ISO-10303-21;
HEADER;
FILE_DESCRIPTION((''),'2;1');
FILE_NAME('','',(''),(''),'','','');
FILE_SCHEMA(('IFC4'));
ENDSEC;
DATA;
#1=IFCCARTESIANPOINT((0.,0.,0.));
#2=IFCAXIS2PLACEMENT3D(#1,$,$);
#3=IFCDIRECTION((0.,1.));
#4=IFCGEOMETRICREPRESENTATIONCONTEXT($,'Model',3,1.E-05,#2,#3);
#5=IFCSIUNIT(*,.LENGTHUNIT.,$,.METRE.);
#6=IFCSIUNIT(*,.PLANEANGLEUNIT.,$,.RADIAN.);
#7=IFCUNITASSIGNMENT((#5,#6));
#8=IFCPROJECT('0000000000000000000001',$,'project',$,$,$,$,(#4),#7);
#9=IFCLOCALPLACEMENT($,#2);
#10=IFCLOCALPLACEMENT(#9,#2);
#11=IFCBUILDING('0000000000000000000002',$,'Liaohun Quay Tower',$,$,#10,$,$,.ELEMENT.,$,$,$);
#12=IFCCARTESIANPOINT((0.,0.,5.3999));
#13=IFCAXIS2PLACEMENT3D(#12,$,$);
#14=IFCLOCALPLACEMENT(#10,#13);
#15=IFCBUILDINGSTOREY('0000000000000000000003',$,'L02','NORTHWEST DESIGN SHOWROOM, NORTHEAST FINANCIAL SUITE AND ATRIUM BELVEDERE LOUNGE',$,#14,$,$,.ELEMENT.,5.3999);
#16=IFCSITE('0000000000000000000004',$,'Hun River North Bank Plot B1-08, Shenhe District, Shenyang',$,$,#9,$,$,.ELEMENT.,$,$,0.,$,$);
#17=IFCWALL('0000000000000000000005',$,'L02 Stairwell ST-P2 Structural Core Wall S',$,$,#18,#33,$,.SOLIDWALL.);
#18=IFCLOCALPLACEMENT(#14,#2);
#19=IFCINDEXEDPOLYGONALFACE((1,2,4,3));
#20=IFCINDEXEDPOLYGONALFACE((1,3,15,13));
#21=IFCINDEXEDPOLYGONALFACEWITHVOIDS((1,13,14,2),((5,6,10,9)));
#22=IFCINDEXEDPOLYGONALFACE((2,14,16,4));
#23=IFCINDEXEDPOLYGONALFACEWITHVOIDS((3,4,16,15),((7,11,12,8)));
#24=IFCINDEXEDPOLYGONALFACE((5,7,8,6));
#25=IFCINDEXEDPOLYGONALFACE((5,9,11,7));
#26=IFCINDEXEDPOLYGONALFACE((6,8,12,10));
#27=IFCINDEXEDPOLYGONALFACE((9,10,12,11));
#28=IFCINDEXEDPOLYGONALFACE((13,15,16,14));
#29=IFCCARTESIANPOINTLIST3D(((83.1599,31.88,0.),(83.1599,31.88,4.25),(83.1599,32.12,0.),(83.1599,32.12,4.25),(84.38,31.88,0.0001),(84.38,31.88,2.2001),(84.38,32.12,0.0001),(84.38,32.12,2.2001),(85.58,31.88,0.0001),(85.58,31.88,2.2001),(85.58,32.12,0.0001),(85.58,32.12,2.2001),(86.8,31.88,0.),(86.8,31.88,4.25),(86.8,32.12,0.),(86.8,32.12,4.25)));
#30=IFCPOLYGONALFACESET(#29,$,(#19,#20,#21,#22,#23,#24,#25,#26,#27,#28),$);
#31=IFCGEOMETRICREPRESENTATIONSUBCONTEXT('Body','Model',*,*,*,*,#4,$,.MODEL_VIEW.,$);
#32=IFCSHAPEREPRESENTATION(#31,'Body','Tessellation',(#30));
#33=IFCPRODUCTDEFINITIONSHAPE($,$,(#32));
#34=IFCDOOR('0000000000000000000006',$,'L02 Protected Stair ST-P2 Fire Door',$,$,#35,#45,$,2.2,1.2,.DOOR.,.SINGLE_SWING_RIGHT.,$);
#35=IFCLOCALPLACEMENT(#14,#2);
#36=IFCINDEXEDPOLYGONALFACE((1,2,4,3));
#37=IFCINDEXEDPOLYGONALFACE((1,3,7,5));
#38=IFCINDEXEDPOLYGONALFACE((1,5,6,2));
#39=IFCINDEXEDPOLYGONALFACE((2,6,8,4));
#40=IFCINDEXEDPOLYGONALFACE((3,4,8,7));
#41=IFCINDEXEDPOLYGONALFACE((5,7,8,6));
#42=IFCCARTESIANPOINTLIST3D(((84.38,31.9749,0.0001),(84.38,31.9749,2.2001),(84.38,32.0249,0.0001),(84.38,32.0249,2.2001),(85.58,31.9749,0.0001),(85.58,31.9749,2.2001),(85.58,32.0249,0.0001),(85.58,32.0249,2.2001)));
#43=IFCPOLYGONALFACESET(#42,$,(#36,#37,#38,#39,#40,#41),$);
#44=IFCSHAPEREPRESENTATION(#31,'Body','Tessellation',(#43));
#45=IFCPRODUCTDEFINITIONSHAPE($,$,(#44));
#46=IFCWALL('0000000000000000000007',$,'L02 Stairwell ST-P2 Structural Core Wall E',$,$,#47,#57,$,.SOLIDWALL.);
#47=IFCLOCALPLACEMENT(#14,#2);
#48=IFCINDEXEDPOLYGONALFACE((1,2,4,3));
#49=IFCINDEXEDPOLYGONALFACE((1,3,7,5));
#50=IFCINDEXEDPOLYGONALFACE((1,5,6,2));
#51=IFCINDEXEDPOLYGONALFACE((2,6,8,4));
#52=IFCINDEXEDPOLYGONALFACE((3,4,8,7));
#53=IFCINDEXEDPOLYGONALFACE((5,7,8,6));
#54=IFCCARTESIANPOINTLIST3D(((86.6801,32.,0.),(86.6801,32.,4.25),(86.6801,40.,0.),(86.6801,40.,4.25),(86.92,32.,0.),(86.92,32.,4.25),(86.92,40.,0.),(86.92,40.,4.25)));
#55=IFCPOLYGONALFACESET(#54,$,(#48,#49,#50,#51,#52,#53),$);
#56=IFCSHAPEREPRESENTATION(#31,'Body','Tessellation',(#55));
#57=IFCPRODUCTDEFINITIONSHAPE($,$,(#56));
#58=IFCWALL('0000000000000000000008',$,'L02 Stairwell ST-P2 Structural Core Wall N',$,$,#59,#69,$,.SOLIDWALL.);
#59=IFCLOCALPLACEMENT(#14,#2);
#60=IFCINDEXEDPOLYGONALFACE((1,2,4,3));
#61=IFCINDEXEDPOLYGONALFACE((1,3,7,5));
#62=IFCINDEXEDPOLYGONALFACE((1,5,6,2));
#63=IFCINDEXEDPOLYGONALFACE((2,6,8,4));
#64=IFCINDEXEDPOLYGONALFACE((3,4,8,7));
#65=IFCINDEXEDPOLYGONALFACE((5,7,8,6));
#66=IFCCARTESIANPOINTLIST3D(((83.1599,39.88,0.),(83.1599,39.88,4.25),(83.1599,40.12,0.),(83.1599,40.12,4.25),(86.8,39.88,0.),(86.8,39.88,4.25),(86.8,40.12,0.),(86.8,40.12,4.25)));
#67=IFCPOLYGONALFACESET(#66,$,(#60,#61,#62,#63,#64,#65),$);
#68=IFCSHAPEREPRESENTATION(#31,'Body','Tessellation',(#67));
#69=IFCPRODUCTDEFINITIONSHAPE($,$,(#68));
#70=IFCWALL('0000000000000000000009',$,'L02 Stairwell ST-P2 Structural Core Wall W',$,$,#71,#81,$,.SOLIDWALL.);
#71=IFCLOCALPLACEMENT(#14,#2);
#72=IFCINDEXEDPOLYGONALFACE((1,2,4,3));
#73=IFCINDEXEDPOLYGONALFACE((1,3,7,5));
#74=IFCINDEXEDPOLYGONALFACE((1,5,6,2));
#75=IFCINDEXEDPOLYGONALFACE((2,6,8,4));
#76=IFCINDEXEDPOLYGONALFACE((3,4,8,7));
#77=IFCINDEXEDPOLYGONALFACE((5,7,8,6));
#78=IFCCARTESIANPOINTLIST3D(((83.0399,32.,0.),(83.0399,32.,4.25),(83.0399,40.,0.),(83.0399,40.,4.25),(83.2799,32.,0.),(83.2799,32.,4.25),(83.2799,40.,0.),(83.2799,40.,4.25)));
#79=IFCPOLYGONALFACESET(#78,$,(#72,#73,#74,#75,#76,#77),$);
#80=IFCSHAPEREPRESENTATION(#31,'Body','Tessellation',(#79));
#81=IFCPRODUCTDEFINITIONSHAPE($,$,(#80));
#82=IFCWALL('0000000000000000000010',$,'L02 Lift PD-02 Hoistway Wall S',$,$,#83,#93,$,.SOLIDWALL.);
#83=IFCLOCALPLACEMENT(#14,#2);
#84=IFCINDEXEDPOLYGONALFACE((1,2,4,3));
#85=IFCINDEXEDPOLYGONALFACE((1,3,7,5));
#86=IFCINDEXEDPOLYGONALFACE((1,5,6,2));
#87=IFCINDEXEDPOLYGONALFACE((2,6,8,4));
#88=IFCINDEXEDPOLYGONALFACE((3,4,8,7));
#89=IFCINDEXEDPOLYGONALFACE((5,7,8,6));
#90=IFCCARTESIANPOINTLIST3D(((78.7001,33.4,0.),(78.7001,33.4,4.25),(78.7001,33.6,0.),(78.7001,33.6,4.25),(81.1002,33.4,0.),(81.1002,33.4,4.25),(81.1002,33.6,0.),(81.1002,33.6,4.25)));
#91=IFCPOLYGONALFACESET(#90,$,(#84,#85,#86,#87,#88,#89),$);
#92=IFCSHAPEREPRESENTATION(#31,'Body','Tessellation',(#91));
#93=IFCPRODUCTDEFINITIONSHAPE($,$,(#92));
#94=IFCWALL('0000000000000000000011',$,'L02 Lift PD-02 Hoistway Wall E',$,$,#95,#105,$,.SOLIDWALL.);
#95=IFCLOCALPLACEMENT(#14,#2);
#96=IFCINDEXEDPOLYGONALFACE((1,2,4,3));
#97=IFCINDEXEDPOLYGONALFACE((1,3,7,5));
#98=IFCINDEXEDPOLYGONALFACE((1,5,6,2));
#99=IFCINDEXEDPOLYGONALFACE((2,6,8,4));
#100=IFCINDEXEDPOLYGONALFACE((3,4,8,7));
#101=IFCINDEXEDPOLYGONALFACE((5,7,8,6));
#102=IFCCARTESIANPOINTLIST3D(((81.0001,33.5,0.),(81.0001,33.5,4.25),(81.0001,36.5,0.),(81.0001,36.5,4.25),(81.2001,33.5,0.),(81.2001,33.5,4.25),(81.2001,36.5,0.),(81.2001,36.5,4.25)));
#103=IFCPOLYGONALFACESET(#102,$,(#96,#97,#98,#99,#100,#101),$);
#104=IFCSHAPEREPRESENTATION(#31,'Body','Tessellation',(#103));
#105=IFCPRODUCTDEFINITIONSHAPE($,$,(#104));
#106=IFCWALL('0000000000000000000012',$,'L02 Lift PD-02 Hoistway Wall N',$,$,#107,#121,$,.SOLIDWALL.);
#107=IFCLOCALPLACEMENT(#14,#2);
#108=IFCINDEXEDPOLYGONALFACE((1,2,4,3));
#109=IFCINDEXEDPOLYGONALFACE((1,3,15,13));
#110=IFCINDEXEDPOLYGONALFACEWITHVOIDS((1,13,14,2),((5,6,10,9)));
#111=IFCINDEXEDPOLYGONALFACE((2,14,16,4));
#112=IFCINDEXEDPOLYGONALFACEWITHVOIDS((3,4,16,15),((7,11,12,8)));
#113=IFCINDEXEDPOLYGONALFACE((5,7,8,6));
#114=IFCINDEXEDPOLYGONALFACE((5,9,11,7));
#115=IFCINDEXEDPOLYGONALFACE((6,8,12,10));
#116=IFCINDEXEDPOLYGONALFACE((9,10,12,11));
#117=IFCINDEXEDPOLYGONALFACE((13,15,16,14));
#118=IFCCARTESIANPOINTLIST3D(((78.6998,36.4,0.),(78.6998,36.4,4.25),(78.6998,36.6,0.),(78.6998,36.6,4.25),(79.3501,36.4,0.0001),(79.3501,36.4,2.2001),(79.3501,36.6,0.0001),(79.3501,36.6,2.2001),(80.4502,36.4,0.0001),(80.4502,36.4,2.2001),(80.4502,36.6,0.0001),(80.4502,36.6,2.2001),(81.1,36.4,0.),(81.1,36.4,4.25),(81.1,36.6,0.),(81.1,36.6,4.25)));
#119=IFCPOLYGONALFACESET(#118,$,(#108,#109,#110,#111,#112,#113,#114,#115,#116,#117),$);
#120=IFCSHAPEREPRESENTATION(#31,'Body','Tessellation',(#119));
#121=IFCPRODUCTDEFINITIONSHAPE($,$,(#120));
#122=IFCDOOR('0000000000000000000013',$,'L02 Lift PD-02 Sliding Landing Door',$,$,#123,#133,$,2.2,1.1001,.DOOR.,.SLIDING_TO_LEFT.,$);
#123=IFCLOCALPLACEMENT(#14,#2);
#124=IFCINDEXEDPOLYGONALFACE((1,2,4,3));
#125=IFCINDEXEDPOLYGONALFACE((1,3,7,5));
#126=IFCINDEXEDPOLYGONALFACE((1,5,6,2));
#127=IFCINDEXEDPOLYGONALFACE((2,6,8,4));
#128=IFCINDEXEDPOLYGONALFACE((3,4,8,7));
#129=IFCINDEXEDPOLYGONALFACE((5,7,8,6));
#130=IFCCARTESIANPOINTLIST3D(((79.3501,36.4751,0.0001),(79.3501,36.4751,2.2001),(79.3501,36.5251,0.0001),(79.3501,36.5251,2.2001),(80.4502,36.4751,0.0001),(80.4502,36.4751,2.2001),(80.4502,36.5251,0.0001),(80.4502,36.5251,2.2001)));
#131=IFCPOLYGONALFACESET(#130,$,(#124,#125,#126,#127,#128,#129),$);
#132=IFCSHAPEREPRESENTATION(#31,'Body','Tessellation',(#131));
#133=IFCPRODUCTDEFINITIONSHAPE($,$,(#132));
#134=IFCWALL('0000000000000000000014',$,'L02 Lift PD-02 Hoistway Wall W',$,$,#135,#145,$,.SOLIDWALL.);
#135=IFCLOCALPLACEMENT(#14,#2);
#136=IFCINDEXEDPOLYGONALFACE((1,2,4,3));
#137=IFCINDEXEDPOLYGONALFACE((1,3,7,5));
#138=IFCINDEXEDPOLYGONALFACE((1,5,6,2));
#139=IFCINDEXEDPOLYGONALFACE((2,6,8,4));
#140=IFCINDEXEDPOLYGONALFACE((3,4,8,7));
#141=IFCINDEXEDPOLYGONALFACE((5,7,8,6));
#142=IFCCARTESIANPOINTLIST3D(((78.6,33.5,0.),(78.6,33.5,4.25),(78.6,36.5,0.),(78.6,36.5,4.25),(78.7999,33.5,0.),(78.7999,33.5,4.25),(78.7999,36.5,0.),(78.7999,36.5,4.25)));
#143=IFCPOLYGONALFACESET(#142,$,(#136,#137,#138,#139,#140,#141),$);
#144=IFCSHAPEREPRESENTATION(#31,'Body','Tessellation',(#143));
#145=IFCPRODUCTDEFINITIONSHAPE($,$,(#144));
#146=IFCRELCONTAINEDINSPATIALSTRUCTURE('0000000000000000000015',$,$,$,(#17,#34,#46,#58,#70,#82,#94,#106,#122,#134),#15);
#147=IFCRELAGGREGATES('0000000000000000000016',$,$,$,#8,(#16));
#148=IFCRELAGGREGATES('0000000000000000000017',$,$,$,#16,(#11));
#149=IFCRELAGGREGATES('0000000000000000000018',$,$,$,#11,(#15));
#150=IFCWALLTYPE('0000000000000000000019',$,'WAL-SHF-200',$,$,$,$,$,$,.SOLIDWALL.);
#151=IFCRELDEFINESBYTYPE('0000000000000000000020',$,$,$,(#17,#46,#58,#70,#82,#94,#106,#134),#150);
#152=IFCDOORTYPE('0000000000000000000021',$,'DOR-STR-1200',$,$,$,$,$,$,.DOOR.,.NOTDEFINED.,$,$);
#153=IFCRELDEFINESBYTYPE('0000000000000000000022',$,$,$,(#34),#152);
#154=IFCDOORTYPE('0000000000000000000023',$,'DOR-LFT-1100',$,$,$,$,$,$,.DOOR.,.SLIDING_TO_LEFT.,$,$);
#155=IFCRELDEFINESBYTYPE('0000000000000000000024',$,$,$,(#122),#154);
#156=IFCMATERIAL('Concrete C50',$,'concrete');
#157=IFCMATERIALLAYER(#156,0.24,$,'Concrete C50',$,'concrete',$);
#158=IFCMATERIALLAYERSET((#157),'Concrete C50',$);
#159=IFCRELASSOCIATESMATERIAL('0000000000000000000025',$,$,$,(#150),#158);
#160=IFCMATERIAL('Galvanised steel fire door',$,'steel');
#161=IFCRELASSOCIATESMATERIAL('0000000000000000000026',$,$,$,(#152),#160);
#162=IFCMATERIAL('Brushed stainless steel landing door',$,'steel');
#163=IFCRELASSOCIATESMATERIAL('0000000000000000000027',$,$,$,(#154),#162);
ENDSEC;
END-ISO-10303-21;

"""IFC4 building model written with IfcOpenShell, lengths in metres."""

from ifc_helpers import new_model, si_unit, direction, frame, frame_2d, origin, place, context, subcontext, project, spatial, rectangle, extrude, source, transform, mapped, material, layer, layer_set, type_object, element, fill, save


model = new_model("IFC4")

# Units and contexts
model_context = context("Model", 3, precision=1e-05, world=origin(), true_north=direction((0.0, 1.0)))
body_context = subcontext(model_context, "Body", "Model", "MODEL_VIEW")
ifc_project = project(units=[si_unit("LENGTHUNIT", "METRE"), si_unit("PLANEANGLEUNIT", "RADIAN")], contexts=[model_context])

# Site, building, storey
site_placement = place(None, origin())
site = spatial("IfcSite", under=ifc_project, at=site_placement, Name="Hun River North Bank Plot B1-08, Shenhe District, Shenyang", CompositionType="ELEMENT", RefElevation=0.0)
building_placement = place(site_placement, origin())
building = spatial("IfcBuilding", under=site, at=building_placement, Name="Liaohun Quay Tower", CompositionType="ELEMENT")
storey_placement = place(building_placement, frame((0.0, 0.0, 5.3999)))
storey = spatial("IfcBuildingStorey", under=building, at=storey_placement, Name="L02", Description="NORTHWEST DESIGN SHOWROOM, NORTHEAST FINANCIAL SUITE AND ATRIUM BELVEDERE LOUNGE", CompositionType="ELEMENT", Elevation=5.3999)

# Wall, opening, door
ifc_material_1 = material(Name="Concrete C50", Category="concrete")
ifc_layer_1 = layer(ifc_material_1, 0.24, Name="Concrete C50", Category="concrete")
ifc_layer_set_1 = layer_set([ifc_layer_1], Name="Concrete C50")
wall_type_1 = type_object("IfcWallType", Name="WAL-SHF-200", PredefinedType="SOLIDWALL", material=ifc_layer_set_1)
wall_1_placement = place(storey_placement, frame((83.1599, 32.0, 0.0), z_axis=(0.0, 0.0, 1.0), x_axis=(1.0, 0.0, 0.0)))
wall_1 = element("IfcWall", 1, at=wall_1_placement, inside=storey, type_object=wall_type_1, Name="L02 Stairwell ST-P2 Structural Core Wall S", PredefinedType="SOLIDWALL", context=body_context, shape_type="SweptSolid", body=[
    extrude(rectangle(XDim=3.6401, YDim=0.24, at=frame_2d((1.8201, 0.0))), origin(), (0.0, 0.0, 1.0), 4.25),
])
shared_shape_1 = source(origin(), body_context, "Body", "SweptSolid", [
    extrude(rectangle(XDim=1.2, YDim=2.2, at=frame_2d((0.6001, 1.1001))), frame((0.0, 0.1299, 0.0), z_axis=(0.0, -1.0, 0.0), x_axis=(1.0, 0.0, 0.0)), (0.0, 0.0, 1.0), 0.26),
])
opening_1_placement = place(wall_1_placement, frame((1.22, 0.0, 0.0)))
opening_1 = element("IfcOpeningElement", 2, at=opening_1_placement, cuts=wall_1, PredefinedType="OPENING", context=body_context, shape_type="MappedRepresentation", body=[
    mapped(shared_shape_1, transform((0.0, 0.0, 0.0), x_axis=(1.0, 0.0, 0.0), y_axis=(0.0, 1.0, 0.0), z_axis=(0.0, 0.0, 1.0), scale=1.0)),
])
ifc_material_2 = material(Name="Galvanised steel fire door", Category="steel")
door_type_1 = type_object("IfcDoorType", Name="DOR-STR-1200", OperationType="NOTDEFINED", PredefinedType="DOOR", material=ifc_material_2)
shared_shape_2 = source(origin(), body_context, "Body", "SweptSolid", [
    extrude(rectangle(XDim=1.2, YDim=2.2, at=frame_2d((0.6001, 1.1001))), frame((0.0, 0.0249, 0.0), z_axis=(0.0, -1.0, 0.0), x_axis=(1.0, 0.0, 0.0)), (0.0, 0.0, 1.0), 0.05),
])
door_1_placement = place(opening_1_placement, origin())
door_1 = element("IfcDoor", 3, at=door_1_placement, inside=storey, type_object=door_type_1, Name="L02 Protected Stair ST-P2 Fire Door", OperationType="SINGLE_SWING_RIGHT", OverallHeight=2.2, OverallWidth=1.2, PredefinedType="DOOR", context=body_context, shape_type="MappedRepresentation", body=[
    mapped(shared_shape_2, transform((0.0, 0.0, 0.0), x_axis=(1.0, 0.0, 0.0), y_axis=(0.0, 1.0, 0.0), z_axis=(0.0, 0.0, 1.0), scale=1.0)),
])
fill(opening_1, door_1)

# Walls
wall_2_placement = place(storey_placement, frame((86.8, 32.0, 0.0), z_axis=(0.0, 0.0, 1.0), x_axis=(0.0, 1.0, 0.0)))
element("IfcWall", 4, at=wall_2_placement, inside=storey, type_object=wall_type_1, Name="L02 Stairwell ST-P2 Structural Core Wall E", PredefinedType="SOLIDWALL", context=body_context, shape_type="SweptSolid", body=[
    extrude(rectangle(XDim=8.0, YDim=0.24, at=frame_2d((4.0, 0.0))), origin(), (0.0, 0.0, 1.0), 4.25),
])
wall_3_placement = place(storey_placement, frame((86.8, 40.0, 0.0), z_axis=(0.0, 0.0, 1.0), x_axis=(-1.0, 0.0, 0.0)))
element("IfcWall", 5, at=wall_3_placement, inside=storey, type_object=wall_type_1, Name="L02 Stairwell ST-P2 Structural Core Wall N", PredefinedType="SOLIDWALL", context=body_context, shape_type="SweptSolid", body=[
    extrude(rectangle(XDim=3.6401, YDim=0.24, at=frame_2d((1.8201, 0.0))), origin(), (0.0, 0.0, 1.0), 4.25),
])
wall_4_placement = place(storey_placement, frame((83.1599, 40.0, 0.0), z_axis=(0.0, 0.0, 1.0), x_axis=(0.0, -1.0, 0.0)))
element("IfcWall", 6, at=wall_4_placement, inside=storey, type_object=wall_type_1, Name="L02 Stairwell ST-P2 Structural Core Wall W", PredefinedType="SOLIDWALL", context=body_context, shape_type="SweptSolid", body=[
    extrude(rectangle(XDim=8.0, YDim=0.24, at=frame_2d((4.0, 0.0))), origin(), (0.0, 0.0, 1.0), 4.25),
])
wall_5_placement = place(storey_placement, frame((78.7, 33.5, 0.0), z_axis=(0.0, 0.0, 1.0), x_axis=(1.0, 0.0, 0.0)))
element("IfcWall", 7, at=wall_5_placement, inside=storey, type_object=wall_type_1, Name="L02 Lift PD-02 Hoistway Wall S", PredefinedType="SOLIDWALL", context=body_context, shape_type="SweptSolid", body=[
    extrude(rectangle(XDim=2.4001, YDim=0.2, at=frame_2d((1.2002, 0.0))), origin(), (0.0, 0.0, 1.0), 4.25),
])
wall_6_placement = place(storey_placement, frame((81.1001, 33.5, 0.0), z_axis=(0.0, 0.0, 1.0), x_axis=(0.0, 1.0, 0.0)))
element("IfcWall", 8, at=wall_6_placement, inside=storey, type_object=wall_type_1, Name="L02 Lift PD-02 Hoistway Wall E", PredefinedType="SOLIDWALL", context=body_context, shape_type="SweptSolid", body=[
    extrude(rectangle(XDim=3.0, YDim=0.2, at=frame_2d((1.5, 0.0))), origin(), (0.0, 0.0, 1.0), 4.25),
])

# Wall, opening, door
wall_7_placement = place(storey_placement, frame((81.1001, 36.5, 0.0), z_axis=(0.0, 0.0, 1.0), x_axis=(-1.0, 0.0, 0.0)))
wall_7 = element("IfcWall", 9, at=wall_7_placement, inside=storey, type_object=wall_type_1, Name="L02 Lift PD-02 Hoistway Wall N", PredefinedType="SOLIDWALL", context=body_context, shape_type="SweptSolid", body=[
    extrude(rectangle(XDim=2.4001, YDim=0.2, at=frame_2d((1.2002, 0.0))), origin(), (0.0, 0.0, 1.0), 4.25),
])
shared_shape_3 = source(origin(), body_context, "Body", "SweptSolid", [
    extrude(rectangle(XDim=1.1001, YDim=2.2, at=frame_2d((0.55, 1.1001))), frame((0.0, 0.1099, 0.0), z_axis=(0.0, -1.0, 0.0), x_axis=(1.0, 0.0, 0.0)), (0.0, 0.0, 1.0), 0.22),
])
opening_2_placement = place(wall_7_placement, frame((0.6499, 0.0, 0.0)))
opening_2 = element("IfcOpeningElement", 10, at=opening_2_placement, cuts=wall_7, PredefinedType="OPENING", context=body_context, shape_type="MappedRepresentation", body=[
    mapped(shared_shape_3, transform((0.0, 0.0, 0.0), x_axis=(1.0, 0.0, 0.0), y_axis=(0.0, 1.0, 0.0), z_axis=(0.0, 0.0, 1.0), scale=1.0)),
])
ifc_material_3 = material(Name="Brushed stainless steel landing door", Category="steel")
door_type_2 = type_object("IfcDoorType", Name="DOR-LFT-1100", OperationType="SLIDING_TO_LEFT", PredefinedType="DOOR", material=ifc_material_3)
shared_shape_4 = source(origin(), body_context, "Body", "SweptSolid", [
    extrude(rectangle(XDim=1.1001, YDim=2.2, at=frame_2d((0.55, 1.1001))), frame((0.0, 0.0249, 0.0), z_axis=(0.0, -1.0, 0.0), x_axis=(1.0, 0.0, 0.0)), (0.0, 0.0, 1.0), 0.05),
])
door_2_placement = place(opening_2_placement, origin())
door_2 = element("IfcDoor", 11, at=door_2_placement, inside=storey, type_object=door_type_2, Name="L02 Lift PD-02 Sliding Landing Door", OperationType="SLIDING_TO_LEFT", OverallHeight=2.2, OverallWidth=1.1001, PredefinedType="DOOR", context=body_context, shape_type="MappedRepresentation", body=[
    mapped(shared_shape_4, transform((0.0, 0.0, 0.0), x_axis=(1.0, 0.0, 0.0), y_axis=(0.0, 1.0, 0.0), z_axis=(0.0, 0.0, 1.0), scale=1.0)),
])
fill(opening_2, door_2)

# Wall
wall_8_placement = place(storey_placement, frame((78.7, 36.5, 0.0), z_axis=(0.0, 0.0, 1.0), x_axis=(0.0, -1.0, 0.0)))
element("IfcWall", 12, at=wall_8_placement, inside=storey, type_object=wall_type_1, Name="L02 Lift PD-02 Hoistway Wall W", PredefinedType="SOLIDWALL", context=body_context, shape_type="SweptSolid", body=[
    extrude(rectangle(XDim=3.0, YDim=0.2, at=frame_2d((1.5, 0.0))), origin(), (0.0, 0.0, 1.0), 4.25),
])

save(model, "model.ifc")
